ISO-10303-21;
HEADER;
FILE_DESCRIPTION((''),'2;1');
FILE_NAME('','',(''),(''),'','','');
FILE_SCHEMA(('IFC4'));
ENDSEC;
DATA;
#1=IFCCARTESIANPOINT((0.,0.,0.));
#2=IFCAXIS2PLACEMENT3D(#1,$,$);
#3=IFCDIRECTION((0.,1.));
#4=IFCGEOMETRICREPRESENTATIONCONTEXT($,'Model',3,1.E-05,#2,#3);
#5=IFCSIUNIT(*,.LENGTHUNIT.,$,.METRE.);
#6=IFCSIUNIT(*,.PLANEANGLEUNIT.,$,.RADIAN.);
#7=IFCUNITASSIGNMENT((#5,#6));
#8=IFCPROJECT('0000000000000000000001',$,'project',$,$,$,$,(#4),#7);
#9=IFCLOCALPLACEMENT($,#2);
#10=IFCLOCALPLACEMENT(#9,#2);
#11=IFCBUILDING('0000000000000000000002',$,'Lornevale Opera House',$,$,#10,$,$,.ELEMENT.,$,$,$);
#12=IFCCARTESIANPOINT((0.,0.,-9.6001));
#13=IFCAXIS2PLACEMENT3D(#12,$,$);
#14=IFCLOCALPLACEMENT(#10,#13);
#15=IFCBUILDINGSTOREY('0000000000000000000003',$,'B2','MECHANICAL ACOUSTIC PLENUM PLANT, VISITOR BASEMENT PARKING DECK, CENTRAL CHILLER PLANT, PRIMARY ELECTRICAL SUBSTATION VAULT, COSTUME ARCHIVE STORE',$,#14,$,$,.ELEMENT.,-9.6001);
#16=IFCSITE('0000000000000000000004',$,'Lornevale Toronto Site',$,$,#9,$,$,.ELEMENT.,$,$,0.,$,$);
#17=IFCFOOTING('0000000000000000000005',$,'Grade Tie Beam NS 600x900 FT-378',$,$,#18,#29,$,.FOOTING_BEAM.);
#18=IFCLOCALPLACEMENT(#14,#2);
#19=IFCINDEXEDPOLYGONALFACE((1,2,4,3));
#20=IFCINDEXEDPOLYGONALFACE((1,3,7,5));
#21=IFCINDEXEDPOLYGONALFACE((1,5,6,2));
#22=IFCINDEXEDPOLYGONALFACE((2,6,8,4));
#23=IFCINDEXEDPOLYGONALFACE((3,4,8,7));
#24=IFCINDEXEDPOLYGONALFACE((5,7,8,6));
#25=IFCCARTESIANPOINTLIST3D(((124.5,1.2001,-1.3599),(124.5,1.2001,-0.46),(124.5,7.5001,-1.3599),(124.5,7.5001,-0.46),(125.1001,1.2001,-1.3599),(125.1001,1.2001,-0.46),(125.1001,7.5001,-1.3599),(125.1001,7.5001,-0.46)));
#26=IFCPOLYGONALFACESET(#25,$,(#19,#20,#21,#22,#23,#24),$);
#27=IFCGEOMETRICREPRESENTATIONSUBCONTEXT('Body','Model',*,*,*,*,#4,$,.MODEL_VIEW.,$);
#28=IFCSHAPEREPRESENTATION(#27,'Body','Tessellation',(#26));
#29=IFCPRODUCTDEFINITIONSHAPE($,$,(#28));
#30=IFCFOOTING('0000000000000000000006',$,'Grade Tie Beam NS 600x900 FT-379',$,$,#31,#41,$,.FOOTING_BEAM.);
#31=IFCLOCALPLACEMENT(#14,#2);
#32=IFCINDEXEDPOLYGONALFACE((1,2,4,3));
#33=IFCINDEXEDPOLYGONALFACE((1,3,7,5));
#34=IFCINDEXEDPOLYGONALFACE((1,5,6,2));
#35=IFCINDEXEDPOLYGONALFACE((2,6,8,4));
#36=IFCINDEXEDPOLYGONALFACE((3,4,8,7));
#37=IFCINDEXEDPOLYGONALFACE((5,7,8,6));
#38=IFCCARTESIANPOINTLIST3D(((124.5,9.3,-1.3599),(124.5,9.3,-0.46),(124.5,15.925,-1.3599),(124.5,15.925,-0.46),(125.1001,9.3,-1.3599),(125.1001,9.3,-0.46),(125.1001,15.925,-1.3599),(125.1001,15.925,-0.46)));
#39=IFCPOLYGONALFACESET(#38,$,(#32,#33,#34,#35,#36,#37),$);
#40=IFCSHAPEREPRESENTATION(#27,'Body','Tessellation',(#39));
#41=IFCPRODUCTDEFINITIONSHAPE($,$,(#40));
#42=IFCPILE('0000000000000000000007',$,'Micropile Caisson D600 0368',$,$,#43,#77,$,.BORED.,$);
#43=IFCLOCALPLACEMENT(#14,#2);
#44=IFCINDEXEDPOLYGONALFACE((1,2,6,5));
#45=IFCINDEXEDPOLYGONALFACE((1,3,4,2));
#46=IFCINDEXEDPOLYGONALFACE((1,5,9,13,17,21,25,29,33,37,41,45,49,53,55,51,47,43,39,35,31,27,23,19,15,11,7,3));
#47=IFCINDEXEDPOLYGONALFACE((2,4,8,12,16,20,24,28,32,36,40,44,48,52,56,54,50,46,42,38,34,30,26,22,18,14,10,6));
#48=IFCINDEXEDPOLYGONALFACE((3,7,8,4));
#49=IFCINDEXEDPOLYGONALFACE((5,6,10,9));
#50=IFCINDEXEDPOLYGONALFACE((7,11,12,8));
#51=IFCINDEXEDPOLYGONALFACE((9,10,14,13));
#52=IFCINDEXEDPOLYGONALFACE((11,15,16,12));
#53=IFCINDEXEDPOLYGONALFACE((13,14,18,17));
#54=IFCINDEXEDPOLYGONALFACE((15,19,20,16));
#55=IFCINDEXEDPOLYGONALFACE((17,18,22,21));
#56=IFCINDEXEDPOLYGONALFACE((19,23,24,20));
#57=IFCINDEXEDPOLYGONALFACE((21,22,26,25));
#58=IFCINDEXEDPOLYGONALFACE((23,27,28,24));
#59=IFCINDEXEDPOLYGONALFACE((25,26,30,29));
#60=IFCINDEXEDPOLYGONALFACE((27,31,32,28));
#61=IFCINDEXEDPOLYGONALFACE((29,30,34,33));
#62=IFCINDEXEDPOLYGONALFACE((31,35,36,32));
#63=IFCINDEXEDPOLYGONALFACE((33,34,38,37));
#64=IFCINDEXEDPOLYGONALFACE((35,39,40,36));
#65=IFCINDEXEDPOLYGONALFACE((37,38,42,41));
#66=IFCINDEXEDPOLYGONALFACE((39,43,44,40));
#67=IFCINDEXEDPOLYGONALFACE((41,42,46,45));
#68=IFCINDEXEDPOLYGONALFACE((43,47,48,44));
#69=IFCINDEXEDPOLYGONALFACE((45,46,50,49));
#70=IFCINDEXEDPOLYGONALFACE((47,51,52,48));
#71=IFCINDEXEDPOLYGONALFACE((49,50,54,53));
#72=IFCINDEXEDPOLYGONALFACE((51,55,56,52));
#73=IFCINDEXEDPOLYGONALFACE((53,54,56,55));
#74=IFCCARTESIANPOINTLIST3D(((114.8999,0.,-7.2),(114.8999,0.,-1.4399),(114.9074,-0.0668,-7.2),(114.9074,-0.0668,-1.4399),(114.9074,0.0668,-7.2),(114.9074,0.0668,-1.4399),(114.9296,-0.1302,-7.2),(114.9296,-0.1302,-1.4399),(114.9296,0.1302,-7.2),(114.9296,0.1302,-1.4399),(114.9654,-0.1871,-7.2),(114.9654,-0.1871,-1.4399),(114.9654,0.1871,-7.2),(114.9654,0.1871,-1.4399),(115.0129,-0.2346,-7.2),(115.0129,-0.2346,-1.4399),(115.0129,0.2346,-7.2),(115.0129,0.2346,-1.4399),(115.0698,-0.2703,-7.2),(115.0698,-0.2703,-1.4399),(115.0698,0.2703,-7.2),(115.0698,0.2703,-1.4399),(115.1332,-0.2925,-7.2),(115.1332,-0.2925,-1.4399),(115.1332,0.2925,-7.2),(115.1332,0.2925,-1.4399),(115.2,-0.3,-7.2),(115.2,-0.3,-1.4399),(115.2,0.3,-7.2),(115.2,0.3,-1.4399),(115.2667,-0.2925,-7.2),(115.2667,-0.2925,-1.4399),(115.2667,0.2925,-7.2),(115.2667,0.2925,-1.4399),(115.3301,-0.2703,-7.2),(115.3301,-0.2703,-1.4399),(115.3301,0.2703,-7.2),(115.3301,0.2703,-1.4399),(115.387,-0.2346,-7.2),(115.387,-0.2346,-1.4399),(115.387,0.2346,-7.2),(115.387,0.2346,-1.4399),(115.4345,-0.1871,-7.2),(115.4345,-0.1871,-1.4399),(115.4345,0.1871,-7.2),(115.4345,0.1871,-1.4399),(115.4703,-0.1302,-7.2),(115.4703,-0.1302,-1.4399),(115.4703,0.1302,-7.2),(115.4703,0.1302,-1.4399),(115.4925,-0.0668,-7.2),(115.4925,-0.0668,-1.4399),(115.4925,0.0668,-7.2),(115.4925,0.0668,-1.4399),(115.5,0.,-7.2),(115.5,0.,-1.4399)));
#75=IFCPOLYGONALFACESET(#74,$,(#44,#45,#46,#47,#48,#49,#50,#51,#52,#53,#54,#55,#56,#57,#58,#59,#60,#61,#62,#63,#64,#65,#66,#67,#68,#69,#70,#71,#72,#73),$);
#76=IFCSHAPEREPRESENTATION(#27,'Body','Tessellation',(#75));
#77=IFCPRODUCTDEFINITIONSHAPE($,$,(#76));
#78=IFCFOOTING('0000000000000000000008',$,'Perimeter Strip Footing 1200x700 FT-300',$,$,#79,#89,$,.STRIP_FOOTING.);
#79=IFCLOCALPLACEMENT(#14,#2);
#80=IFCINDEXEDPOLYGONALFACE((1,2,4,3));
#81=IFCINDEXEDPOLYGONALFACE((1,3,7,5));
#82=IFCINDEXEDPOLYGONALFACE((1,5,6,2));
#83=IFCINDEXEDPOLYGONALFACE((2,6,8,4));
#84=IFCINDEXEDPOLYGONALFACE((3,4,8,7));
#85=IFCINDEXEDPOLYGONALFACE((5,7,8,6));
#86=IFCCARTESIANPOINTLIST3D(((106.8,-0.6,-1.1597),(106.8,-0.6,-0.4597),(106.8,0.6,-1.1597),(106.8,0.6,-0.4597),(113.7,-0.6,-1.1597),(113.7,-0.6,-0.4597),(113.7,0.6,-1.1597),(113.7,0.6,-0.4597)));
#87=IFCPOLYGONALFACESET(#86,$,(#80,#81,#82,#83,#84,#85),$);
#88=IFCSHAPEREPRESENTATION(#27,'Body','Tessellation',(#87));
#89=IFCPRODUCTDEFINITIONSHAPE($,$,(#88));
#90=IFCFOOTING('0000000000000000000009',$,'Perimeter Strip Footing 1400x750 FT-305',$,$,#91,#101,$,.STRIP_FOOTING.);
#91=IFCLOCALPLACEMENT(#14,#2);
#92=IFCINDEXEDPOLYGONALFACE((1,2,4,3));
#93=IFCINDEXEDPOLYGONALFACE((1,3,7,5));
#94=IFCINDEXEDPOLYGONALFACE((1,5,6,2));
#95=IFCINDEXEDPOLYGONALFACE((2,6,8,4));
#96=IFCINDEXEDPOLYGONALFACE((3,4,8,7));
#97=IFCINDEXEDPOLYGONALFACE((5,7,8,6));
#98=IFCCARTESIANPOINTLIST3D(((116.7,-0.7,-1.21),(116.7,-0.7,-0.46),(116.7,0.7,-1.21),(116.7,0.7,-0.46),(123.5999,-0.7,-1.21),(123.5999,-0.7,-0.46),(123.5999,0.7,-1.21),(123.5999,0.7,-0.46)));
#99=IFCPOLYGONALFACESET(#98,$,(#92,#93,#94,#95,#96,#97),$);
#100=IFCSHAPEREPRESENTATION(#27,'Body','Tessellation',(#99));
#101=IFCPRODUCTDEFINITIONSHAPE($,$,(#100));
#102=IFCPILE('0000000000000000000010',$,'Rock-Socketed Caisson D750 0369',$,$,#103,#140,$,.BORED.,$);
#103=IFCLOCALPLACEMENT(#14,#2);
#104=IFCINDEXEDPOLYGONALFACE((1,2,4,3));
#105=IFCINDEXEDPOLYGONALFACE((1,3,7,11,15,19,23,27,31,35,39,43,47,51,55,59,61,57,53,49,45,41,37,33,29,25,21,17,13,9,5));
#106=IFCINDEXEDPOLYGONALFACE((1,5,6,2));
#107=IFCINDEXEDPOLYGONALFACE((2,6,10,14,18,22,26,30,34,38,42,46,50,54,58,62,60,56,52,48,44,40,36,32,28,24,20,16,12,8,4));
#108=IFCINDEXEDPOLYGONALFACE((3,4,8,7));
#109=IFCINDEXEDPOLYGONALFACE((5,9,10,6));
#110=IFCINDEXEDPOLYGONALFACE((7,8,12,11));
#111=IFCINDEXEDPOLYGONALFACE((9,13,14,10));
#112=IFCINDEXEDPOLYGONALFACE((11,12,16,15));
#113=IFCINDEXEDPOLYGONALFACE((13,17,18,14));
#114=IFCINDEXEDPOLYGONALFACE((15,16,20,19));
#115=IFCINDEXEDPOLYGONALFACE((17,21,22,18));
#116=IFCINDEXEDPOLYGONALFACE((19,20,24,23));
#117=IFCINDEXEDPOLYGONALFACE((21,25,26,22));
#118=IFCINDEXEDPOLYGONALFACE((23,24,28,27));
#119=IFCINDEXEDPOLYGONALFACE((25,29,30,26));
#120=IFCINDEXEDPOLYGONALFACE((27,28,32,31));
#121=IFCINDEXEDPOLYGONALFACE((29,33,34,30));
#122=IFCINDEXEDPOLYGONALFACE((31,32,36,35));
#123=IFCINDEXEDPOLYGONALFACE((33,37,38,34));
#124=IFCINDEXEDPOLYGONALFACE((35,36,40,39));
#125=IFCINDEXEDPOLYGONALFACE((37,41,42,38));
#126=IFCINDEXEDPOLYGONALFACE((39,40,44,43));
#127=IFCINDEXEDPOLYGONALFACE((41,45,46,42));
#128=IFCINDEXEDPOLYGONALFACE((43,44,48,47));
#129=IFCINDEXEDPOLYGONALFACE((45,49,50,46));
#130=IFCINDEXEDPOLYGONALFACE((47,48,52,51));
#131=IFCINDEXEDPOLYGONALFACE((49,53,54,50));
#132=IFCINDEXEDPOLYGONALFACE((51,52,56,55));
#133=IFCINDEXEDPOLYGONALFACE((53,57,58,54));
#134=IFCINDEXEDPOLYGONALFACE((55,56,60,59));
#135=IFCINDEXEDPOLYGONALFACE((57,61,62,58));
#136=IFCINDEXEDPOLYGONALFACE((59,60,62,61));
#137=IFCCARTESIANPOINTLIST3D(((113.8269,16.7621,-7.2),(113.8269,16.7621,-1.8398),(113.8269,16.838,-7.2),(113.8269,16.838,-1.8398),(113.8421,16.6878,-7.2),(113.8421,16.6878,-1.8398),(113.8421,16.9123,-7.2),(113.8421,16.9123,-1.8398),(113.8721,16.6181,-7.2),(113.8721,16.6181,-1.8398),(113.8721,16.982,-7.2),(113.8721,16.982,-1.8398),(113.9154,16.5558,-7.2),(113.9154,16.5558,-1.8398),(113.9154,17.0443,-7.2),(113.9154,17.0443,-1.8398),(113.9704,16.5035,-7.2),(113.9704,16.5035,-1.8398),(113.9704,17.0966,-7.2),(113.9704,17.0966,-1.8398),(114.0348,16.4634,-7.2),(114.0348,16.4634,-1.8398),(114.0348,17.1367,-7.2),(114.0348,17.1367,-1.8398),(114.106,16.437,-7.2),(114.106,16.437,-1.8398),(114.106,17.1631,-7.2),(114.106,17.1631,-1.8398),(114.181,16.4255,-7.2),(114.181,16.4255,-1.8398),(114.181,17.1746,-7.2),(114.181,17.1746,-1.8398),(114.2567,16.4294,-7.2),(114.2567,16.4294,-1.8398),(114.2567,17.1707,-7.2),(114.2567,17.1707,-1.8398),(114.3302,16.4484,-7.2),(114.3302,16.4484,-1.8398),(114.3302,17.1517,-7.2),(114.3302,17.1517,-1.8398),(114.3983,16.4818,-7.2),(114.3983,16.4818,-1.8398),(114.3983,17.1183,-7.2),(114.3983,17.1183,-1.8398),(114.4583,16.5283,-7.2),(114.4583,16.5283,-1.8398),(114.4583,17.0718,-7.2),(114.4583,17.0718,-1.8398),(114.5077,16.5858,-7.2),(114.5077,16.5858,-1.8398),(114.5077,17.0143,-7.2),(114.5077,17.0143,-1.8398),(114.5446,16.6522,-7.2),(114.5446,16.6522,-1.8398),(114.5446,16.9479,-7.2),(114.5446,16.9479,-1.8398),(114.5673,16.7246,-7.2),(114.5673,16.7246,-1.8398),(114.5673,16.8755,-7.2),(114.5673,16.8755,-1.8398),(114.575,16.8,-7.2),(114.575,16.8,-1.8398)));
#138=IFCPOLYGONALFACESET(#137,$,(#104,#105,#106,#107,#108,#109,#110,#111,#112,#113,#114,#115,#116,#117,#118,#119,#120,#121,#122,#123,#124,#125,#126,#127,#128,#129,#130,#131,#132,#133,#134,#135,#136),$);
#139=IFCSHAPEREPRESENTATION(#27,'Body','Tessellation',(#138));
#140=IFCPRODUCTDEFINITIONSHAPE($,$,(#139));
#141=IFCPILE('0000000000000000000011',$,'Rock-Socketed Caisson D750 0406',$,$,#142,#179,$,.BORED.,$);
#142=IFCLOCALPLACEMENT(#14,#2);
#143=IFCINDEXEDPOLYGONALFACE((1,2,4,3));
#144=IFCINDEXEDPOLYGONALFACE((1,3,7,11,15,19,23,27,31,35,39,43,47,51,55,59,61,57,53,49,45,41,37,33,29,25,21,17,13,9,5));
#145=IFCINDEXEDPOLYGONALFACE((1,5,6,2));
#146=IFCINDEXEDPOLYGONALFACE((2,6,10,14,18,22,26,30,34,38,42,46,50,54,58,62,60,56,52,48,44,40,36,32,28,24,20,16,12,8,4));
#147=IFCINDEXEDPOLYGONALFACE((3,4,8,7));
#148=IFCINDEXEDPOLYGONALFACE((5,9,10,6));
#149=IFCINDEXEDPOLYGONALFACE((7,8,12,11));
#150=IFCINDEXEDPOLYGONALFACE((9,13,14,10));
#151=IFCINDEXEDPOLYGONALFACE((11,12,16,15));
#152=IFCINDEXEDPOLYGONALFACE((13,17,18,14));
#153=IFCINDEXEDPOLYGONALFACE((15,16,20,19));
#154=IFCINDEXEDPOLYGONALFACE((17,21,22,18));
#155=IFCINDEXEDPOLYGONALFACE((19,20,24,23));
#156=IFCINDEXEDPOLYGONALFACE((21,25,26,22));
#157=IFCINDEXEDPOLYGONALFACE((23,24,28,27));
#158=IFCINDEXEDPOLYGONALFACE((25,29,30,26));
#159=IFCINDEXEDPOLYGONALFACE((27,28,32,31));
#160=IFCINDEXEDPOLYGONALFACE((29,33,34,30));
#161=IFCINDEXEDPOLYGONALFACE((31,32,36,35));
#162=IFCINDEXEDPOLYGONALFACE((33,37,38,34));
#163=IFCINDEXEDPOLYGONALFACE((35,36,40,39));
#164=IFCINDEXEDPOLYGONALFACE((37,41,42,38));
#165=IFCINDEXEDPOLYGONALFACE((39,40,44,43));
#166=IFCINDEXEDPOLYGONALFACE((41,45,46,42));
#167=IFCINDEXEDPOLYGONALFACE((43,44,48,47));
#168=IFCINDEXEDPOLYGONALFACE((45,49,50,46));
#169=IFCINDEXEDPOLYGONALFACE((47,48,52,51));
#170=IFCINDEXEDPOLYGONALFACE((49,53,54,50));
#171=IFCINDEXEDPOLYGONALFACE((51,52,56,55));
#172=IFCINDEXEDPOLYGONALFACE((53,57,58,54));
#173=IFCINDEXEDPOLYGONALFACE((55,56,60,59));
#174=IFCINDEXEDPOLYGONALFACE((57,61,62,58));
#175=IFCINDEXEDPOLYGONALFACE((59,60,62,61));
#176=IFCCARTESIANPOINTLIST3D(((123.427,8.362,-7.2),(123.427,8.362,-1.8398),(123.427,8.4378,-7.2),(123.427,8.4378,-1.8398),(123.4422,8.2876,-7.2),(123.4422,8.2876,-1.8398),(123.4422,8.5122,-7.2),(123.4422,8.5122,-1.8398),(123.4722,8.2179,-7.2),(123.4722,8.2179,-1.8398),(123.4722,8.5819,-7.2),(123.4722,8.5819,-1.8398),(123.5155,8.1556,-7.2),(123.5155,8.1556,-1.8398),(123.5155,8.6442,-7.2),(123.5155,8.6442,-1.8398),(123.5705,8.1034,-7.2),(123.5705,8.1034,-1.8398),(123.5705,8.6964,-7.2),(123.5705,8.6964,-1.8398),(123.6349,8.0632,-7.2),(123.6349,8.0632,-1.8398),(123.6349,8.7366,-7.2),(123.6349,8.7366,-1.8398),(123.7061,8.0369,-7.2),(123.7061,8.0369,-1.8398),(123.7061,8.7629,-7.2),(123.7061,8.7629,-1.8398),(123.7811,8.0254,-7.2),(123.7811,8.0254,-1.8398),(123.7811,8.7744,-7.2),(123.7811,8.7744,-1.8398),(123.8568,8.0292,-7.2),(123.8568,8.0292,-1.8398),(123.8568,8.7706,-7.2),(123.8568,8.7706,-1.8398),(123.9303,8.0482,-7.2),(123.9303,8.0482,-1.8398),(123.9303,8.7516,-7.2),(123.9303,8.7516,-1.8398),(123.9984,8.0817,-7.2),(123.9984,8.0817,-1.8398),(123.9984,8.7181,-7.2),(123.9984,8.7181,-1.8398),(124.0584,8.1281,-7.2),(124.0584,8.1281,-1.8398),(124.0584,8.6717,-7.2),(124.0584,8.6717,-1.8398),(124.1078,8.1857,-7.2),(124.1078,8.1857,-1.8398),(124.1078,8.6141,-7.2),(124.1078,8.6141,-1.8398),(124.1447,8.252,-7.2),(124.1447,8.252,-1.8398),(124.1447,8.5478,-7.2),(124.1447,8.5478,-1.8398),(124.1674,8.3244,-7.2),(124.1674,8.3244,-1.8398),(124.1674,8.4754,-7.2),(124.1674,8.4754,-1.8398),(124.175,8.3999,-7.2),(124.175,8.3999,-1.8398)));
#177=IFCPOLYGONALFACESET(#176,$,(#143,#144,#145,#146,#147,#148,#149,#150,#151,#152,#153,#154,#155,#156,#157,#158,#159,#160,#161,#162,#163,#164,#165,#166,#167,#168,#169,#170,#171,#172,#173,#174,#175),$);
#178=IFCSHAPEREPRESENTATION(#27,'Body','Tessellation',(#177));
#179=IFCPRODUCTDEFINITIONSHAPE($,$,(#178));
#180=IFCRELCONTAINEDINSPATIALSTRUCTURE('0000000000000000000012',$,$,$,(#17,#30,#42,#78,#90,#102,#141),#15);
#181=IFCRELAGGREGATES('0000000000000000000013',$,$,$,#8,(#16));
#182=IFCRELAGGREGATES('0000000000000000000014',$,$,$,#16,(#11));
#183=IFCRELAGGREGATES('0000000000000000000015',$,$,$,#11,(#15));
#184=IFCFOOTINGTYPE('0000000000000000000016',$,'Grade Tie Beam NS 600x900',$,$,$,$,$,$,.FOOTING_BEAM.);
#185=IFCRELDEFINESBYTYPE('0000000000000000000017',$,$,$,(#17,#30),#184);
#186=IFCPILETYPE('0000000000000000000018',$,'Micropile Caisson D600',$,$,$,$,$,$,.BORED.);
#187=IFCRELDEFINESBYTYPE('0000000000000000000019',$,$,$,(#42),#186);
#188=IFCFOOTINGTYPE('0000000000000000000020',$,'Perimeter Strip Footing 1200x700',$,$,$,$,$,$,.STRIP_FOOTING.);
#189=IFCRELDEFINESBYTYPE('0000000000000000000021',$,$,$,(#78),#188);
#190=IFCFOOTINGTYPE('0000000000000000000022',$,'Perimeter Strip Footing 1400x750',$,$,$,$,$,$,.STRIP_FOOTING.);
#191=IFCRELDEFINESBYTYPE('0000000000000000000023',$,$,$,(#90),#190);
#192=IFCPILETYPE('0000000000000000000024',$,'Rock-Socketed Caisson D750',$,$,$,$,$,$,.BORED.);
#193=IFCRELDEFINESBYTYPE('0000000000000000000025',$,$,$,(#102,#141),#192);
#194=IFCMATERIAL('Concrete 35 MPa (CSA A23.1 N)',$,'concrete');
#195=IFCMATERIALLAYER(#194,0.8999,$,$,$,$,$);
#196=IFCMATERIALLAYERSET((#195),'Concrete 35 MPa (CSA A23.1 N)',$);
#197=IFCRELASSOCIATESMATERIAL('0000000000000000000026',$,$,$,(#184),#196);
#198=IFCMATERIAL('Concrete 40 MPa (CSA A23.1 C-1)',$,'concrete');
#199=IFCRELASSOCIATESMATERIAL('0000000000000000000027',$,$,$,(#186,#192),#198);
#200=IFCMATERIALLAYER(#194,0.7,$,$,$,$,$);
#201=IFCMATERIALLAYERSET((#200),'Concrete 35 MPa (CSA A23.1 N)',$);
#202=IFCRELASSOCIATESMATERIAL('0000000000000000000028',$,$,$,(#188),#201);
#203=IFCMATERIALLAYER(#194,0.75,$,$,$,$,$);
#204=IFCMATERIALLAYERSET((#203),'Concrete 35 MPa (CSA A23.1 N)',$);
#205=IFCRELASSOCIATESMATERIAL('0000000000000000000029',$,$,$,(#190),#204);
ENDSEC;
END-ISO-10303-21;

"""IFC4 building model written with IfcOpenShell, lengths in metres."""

from ifc_helpers import new_model, si_unit, direction, frame, origin, origin_2d, place, context, subcontext, project, spatial, rectangle, circle, extrude, material, layer, layer_set, material_profile, profile_set, type_object, element, save


model = new_model("IFC4")

# Units and contexts
model_context = context("Model", 3, precision=1e-05, world=origin(), true_north=direction((0.0, 1.0)))
body_context = subcontext(model_context, "Body", "Model", "MODEL_VIEW")
ifc_project = project(units=[si_unit("LENGTHUNIT", "METRE"), si_unit("PLANEANGLEUNIT", "RADIAN")], contexts=[model_context])

# Site, building, storey
site_placement = place(None, origin())
site = spatial("IfcSite", under=ifc_project, at=site_placement, Name="Lornevale Toronto Site", CompositionType="ELEMENT", RefElevation=0.0)
building_placement = place(site_placement, origin())
building = spatial("IfcBuilding", under=site, at=building_placement, Name="Lornevale Opera House", CompositionType="ELEMENT")
storey_placement = place(building_placement, frame((0.0, 0.0, -9.6001)))
storey = spatial("IfcBuildingStorey", under=building, at=storey_placement, Name="B2", Description="MECHANICAL ACOUSTIC PLENUM PLANT, VISITOR BASEMENT PARKING DECK, CENTRAL CHILLER PLANT, PRIMARY ELECTRICAL SUBSTATION VAULT, COSTUME ARCHIVE STORE", CompositionType="ELEMENT", Elevation=-9.6001)

# Footings
ifc_material_1 = material(Name="Concrete 35 MPa (CSA A23.1 N)", Category="concrete")
ifc_layer_1 = layer(ifc_material_1, 0.8999)
ifc_layer_set_1 = layer_set([ifc_layer_1], Name="Concrete 35 MPa (CSA A23.1 N)")
footing_type_1 = type_object("IfcFootingType", Name="Grade Tie Beam NS 600x900", PredefinedType="FOOTING_BEAM", material=ifc_layer_set_1)
footing_1_placement = place(storey_placement, frame((124.8, 4.3501, -1.3599), z_axis=(0.0, 0.0, 1.0), x_axis=(1.0, 0.0, 0.0)))
element("IfcFooting", 1, at=footing_1_placement, inside=storey, type_object=footing_type_1, Name="Grade Tie Beam NS 600x900 FT-378", PredefinedType="FOOTING_BEAM", context=body_context, shape_type="SweptSolid", body=[
    extrude(rectangle(XDim=0.6001, YDim=6.3, at=origin_2d()), origin(), (0.0, 0.0, 1.0), 0.8999),
])
footing_2_placement = place(storey_placement, frame((124.8, 12.6125, -1.3599), z_axis=(0.0, 0.0, 1.0), x_axis=(1.0, 0.0, 0.0)))
element("IfcFooting", 2, at=footing_2_placement, inside=storey, type_object=footing_type_1, Name="Grade Tie Beam NS 600x900 FT-379", PredefinedType="FOOTING_BEAM", context=body_context, shape_type="SweptSolid", body=[
    extrude(rectangle(XDim=0.6001, YDim=6.625, at=origin_2d()), origin(), (0.0, 0.0, 1.0), 0.8999),
])

# Pile
ifc_material_2 = material(Name="Concrete 40 MPa (CSA A23.1 C-1)", Category="concrete")
ifc_material_profile_1 = material_profile(ifc_material_2, circle(Radius=0.3, at=origin_2d()), Name="CAIS600")
ifc_profile_set_1 = profile_set([ifc_material_profile_1], Name="Concrete 40 MPa (CSA A23.1 C-1)")
pile_type_1 = type_object("IfcPileType", Name="Micropile Caisson D600", PredefinedType="BORED", material=ifc_profile_set_1)
pile_1_placement = place(storey_placement, frame((115.2, 0.0, -1.4399), z_axis=(0.0, 0.0, -1.0), x_axis=(1.0, 0.0, 0.0)))
element("IfcPile", 3, at=pile_1_placement, inside=storey, type_object=pile_type_1, Name="Micropile Caisson D600 0368", PredefinedType="BORED", context=body_context, shape_type="SweptSolid", body=[
    extrude(circle(Radius=0.3, at=origin_2d()), origin(), (0.0, 0.0, 1.0), 5.76),
])

# Footings
ifc_layer_2 = layer(ifc_material_1, 0.7)
ifc_layer_set_2 = layer_set([ifc_layer_2], Name="Concrete 35 MPa (CSA A23.1 N)")
footing_type_2 = type_object("IfcFootingType", Name="Perimeter Strip Footing 1200x700", PredefinedType="STRIP_FOOTING", material=ifc_layer_set_2)
footing_3_placement = place(storey_placement, frame((110.25, 0.0, -1.1597), z_axis=(0.0, 0.0, 1.0), x_axis=(1.0, 0.0, 0.0)))
element("IfcFooting", 4, at=footing_3_placement, inside=storey, type_object=footing_type_2, Name="Perimeter Strip Footing 1200x700 FT-300", PredefinedType="STRIP_FOOTING", context=body_context, shape_type="SweptSolid", body=[
    extrude(rectangle(XDim=6.8999, YDim=1.2, at=origin_2d()), origin(), (0.0, 0.0, 1.0), 0.7),
])
ifc_layer_3 = layer(ifc_material_1, 0.75)
ifc_layer_set_3 = layer_set([ifc_layer_3], Name="Concrete 35 MPa (CSA A23.1 N)")
footing_type_3 = type_object("IfcFootingType", Name="Perimeter Strip Footing 1400x750", PredefinedType="STRIP_FOOTING", material=ifc_layer_set_3)
footing_4_placement = place(storey_placement, frame((120.1499, 0.0, -1.21), z_axis=(0.0, 0.0, 1.0), x_axis=(1.0, 0.0, 0.0)))
element("IfcFooting", 5, at=footing_4_placement, inside=storey, type_object=footing_type_3, Name="Perimeter Strip Footing 1400x750 FT-305", PredefinedType="STRIP_FOOTING", context=body_context, shape_type="SweptSolid", body=[
    extrude(rectangle(XDim=6.8999, YDim=1.3999, at=origin_2d()), origin(), (0.0, 0.0, 1.0), 0.75),
])

# Piles
ifc_material_profile_2 = material_profile(ifc_material_2, circle(Radius=0.375, at=origin_2d()), Name="CAIS750")
ifc_profile_set_2 = profile_set([ifc_material_profile_2], Name="Concrete 40 MPa (CSA A23.1 C-1)")
pile_type_2 = type_object("IfcPileType", Name="Rock-Socketed Caisson D750", PredefinedType="BORED", material=ifc_profile_set_2)
for number, where, z_axis, x_axis, name in (
    (6, (114.2, 16.8, -1.8398), (0.0, 0.0, -1.0), (1.0, 0.0, 0.0), "Rock-Socketed Caisson D750 0369"),
    (7, (123.8, 8.3999, -1.8398), (0.0, 0.0, -1.0), (1.0, 0.0, 0.0), "Rock-Socketed Caisson D750 0406"),
):
    element("IfcPile", number, at=place(storey_placement, frame(where, z_axis=z_axis, x_axis=x_axis)), inside=storey, type_object=pile_type_2, Name=name, PredefinedType="BORED", context=body_context, shape_type="SweptSolid", body=[
        extrude(circle(Radius=0.375, at=origin_2d()), origin(), (0.0, 0.0, 1.0), 5.3601),
    ])

save(model, "model.ifc")
